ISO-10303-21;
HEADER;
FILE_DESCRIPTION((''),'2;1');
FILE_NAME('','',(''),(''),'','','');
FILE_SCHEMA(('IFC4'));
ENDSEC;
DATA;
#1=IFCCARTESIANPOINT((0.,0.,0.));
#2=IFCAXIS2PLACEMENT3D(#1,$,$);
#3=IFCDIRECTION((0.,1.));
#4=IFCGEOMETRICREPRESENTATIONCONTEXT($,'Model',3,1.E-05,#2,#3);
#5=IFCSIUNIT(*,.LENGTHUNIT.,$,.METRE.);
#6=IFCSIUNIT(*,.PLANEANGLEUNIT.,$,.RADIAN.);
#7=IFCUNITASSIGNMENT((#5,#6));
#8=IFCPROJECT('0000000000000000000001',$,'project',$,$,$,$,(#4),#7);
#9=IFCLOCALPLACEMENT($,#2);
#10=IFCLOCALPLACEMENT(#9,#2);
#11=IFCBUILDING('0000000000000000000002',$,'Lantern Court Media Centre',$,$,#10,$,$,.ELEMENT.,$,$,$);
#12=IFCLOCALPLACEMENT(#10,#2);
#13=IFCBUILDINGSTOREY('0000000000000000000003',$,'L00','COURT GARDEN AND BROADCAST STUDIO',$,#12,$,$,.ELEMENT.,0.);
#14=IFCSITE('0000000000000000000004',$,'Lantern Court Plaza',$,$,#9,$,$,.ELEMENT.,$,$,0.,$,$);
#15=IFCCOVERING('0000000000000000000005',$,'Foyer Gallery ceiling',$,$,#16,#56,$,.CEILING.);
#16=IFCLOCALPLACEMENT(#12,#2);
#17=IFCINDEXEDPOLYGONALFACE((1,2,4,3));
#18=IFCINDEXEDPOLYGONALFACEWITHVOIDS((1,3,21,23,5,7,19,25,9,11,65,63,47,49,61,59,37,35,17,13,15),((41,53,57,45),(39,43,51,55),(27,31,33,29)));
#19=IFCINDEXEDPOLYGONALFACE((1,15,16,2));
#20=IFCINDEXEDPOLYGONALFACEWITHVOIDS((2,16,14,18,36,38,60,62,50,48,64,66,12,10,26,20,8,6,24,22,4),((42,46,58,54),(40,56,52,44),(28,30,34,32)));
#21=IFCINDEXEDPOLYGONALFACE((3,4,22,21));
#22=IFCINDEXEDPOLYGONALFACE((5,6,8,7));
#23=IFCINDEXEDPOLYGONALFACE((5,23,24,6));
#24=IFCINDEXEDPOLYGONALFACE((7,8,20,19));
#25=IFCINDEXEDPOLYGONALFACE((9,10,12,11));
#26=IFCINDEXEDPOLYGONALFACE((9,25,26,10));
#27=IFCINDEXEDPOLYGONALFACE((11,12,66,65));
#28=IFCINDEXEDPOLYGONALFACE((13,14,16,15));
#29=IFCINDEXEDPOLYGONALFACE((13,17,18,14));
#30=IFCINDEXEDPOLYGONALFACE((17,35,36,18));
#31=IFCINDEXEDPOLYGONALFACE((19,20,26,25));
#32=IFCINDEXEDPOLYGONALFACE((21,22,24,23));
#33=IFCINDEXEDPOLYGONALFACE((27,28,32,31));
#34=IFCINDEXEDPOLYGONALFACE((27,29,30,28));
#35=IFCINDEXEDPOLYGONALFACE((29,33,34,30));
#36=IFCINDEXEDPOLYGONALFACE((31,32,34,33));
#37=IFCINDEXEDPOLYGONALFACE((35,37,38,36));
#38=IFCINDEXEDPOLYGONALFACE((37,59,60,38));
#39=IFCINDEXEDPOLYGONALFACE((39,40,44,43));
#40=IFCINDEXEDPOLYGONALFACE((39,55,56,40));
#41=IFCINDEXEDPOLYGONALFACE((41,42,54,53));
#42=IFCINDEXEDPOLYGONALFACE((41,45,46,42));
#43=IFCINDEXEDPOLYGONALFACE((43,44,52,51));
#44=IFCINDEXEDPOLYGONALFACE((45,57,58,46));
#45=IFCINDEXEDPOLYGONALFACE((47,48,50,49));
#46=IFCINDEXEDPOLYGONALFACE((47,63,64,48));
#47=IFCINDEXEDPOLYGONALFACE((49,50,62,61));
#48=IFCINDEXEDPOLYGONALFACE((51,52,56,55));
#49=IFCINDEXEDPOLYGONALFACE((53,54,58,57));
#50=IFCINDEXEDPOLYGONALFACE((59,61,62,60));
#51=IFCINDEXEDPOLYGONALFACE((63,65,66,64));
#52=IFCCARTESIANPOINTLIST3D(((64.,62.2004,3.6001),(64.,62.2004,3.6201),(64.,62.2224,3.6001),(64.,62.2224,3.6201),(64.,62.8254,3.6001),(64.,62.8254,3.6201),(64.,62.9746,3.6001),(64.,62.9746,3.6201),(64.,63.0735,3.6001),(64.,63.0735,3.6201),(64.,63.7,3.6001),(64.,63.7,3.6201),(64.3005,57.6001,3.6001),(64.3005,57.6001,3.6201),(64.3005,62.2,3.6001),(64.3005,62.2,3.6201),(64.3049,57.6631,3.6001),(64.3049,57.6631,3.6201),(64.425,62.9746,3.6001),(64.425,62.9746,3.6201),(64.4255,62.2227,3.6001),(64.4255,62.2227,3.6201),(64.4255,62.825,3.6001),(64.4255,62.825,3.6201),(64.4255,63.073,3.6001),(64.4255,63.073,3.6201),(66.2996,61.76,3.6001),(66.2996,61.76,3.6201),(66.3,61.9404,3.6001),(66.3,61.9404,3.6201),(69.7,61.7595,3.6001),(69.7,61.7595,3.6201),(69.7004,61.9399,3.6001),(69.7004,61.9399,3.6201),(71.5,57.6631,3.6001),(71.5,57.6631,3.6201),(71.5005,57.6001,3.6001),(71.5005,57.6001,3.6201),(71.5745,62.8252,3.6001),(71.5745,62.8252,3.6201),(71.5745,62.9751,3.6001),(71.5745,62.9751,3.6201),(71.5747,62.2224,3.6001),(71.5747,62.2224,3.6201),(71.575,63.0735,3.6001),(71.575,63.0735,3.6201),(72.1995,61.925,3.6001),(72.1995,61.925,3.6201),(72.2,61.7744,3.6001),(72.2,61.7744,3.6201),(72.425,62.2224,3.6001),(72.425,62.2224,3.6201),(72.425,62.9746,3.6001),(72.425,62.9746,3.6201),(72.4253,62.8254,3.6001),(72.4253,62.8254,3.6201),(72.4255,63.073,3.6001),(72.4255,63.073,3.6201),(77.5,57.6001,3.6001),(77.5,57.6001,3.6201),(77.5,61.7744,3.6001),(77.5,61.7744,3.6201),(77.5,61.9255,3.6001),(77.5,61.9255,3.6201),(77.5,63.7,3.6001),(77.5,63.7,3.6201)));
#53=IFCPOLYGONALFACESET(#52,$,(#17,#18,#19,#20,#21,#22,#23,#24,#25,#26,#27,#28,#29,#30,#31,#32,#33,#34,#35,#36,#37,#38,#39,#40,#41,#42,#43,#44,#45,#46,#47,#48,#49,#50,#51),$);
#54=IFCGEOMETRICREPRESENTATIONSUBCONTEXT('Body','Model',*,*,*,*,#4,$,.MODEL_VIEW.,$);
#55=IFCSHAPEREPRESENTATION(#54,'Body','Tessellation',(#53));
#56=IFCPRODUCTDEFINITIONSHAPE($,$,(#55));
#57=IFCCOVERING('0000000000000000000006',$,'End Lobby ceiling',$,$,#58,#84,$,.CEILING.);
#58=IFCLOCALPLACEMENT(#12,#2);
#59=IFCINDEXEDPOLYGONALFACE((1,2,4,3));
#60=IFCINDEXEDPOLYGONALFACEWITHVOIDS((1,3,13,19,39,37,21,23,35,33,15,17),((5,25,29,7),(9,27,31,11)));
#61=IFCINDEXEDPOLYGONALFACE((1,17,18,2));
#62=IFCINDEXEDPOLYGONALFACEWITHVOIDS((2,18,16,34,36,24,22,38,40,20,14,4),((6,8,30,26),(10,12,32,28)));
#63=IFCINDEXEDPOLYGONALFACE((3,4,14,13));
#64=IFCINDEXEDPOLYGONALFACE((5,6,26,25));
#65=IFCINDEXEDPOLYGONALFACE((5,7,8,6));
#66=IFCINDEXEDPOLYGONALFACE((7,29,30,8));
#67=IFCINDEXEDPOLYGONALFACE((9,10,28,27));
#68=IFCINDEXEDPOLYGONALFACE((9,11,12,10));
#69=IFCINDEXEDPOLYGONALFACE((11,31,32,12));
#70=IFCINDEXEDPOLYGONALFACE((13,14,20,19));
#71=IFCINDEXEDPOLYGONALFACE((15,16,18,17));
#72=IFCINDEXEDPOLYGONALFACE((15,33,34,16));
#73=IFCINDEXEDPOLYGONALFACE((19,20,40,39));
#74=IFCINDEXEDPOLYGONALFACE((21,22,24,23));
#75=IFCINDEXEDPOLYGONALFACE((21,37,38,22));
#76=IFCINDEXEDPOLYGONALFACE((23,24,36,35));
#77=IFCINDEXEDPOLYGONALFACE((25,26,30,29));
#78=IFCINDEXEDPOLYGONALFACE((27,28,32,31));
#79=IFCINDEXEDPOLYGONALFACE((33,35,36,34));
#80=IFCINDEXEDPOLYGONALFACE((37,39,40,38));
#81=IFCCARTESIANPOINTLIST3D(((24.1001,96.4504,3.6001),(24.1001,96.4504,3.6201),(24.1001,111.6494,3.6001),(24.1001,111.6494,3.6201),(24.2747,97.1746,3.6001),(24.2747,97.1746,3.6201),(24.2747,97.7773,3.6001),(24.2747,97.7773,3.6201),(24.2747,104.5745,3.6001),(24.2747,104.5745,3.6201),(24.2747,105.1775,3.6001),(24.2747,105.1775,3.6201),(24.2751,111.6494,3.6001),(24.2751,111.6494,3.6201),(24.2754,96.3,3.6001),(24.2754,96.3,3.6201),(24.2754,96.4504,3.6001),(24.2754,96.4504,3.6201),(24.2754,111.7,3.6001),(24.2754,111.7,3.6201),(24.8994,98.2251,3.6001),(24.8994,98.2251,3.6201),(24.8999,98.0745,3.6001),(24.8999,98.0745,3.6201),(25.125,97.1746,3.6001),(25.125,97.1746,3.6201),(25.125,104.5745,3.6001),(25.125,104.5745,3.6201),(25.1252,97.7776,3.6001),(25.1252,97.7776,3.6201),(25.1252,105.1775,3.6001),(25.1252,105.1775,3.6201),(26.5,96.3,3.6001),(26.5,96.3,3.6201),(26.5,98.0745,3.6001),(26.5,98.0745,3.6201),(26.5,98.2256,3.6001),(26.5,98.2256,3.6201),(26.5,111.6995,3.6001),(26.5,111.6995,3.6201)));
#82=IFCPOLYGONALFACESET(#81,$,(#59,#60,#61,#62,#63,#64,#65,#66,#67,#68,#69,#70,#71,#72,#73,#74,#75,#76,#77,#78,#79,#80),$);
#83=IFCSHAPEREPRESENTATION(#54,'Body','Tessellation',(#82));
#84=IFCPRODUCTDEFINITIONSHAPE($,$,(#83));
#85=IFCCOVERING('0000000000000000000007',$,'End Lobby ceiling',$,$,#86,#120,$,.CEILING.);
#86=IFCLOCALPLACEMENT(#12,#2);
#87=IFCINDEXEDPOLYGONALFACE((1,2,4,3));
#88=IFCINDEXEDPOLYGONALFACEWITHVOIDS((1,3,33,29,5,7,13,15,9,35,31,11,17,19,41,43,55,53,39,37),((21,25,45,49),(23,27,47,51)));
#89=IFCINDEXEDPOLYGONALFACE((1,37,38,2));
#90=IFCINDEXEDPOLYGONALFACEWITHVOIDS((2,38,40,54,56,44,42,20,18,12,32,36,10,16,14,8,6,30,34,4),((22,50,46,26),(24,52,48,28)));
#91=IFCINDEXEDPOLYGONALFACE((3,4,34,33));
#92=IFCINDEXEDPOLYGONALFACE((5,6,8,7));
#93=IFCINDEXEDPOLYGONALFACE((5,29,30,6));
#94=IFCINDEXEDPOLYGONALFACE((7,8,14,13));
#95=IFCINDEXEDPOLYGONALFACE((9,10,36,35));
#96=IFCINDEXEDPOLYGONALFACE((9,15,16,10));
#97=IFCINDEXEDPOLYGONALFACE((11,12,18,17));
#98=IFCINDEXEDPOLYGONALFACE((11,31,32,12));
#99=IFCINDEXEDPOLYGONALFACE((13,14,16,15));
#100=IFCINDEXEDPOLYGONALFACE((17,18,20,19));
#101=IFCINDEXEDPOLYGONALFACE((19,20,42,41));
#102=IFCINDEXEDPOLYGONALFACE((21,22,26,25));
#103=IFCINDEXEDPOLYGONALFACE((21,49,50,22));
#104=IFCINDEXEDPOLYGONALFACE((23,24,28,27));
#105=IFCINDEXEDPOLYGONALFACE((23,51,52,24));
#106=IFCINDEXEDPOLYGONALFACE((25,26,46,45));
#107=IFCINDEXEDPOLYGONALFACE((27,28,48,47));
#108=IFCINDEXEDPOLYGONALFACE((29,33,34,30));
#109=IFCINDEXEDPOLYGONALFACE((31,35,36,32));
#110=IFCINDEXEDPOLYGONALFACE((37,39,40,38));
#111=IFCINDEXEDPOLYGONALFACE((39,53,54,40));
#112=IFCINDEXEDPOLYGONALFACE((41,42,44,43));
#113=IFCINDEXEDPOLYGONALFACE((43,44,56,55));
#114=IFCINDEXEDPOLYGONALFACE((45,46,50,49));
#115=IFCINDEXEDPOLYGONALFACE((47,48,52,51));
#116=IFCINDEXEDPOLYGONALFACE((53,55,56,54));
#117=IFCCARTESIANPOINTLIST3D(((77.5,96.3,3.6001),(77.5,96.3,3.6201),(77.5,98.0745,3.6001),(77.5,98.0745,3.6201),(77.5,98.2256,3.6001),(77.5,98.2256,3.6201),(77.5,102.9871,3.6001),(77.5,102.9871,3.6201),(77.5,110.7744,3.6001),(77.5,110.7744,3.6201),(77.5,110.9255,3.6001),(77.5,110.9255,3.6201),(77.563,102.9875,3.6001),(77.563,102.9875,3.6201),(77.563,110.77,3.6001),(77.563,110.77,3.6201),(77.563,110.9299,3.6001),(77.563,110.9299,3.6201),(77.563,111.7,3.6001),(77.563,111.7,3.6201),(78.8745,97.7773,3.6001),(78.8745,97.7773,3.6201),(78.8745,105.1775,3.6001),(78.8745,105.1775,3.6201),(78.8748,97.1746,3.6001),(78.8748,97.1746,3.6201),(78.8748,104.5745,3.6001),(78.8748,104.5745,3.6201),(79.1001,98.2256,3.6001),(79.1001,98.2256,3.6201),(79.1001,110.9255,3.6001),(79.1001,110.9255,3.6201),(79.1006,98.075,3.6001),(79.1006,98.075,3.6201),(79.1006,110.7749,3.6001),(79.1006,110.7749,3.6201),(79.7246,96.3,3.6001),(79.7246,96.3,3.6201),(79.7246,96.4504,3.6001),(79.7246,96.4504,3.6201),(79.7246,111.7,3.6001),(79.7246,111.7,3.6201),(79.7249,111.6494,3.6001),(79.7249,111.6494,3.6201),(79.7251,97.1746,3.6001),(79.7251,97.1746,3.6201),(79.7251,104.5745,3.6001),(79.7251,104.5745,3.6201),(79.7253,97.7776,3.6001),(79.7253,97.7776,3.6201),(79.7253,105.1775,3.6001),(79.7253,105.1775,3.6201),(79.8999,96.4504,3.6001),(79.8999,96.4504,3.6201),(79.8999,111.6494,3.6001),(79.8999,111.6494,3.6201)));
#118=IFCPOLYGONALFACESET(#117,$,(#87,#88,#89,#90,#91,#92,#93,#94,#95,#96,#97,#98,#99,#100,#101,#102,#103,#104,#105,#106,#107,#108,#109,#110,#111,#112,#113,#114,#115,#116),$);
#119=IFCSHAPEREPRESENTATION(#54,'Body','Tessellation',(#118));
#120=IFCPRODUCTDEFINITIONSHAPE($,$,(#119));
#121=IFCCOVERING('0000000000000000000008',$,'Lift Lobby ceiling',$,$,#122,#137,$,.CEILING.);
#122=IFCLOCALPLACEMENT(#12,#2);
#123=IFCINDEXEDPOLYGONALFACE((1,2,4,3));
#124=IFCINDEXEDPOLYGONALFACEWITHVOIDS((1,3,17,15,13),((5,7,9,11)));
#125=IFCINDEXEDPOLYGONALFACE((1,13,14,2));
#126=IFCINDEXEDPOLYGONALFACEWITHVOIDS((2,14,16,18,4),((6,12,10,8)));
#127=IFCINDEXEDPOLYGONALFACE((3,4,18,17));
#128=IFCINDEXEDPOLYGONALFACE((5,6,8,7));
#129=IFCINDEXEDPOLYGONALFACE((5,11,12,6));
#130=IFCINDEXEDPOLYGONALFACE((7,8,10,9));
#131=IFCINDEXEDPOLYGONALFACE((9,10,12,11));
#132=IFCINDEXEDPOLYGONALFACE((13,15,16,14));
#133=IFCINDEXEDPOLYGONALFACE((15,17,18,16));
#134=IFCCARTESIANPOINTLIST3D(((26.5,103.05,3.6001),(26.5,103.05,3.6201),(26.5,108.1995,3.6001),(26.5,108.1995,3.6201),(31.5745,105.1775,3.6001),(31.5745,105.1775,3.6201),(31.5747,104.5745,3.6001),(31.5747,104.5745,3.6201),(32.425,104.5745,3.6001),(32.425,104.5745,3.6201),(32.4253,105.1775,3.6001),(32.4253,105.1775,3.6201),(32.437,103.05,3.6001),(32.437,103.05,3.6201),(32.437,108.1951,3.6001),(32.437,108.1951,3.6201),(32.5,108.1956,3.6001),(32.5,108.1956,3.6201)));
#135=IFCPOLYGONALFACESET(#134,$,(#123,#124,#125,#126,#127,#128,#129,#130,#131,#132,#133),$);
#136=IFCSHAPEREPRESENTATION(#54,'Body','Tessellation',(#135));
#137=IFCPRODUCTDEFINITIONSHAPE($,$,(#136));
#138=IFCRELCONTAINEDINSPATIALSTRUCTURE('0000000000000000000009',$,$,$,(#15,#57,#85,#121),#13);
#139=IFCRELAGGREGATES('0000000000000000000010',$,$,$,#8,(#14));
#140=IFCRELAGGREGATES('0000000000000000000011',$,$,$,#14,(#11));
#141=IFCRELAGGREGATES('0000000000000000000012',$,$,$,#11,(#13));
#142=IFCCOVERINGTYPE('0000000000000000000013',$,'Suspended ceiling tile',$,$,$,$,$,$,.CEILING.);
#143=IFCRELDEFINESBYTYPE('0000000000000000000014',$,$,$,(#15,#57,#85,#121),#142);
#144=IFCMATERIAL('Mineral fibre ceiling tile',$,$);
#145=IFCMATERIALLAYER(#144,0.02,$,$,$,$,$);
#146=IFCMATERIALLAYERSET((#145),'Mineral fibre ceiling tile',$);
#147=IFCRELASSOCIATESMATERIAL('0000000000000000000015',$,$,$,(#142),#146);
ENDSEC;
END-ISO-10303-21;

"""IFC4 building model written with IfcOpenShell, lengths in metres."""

from ifc_helpers import new_model, si_unit, direction, frame, origin, place, context, subcontext, project, spatial, polyline, outline, extrude, material, layer, layer_set, type_object, element, save


model = new_model("IFC4")

# Units and contexts
model_context = context("Model", 3, precision=1e-05, world=origin(), true_north=direction((0.0, 1.0)))
body_context = subcontext(model_context, "Body", "Model", "MODEL_VIEW")
ifc_project = project(units=[si_unit("LENGTHUNIT", "METRE"), si_unit("PLANEANGLEUNIT", "RADIAN")], contexts=[model_context])

# Site, building, storey
site_placement = place(None, origin())
site = spatial("IfcSite", under=ifc_project, at=site_placement, Name="Lantern Court Plaza", CompositionType="ELEMENT", RefElevation=0.0)
building_placement = place(site_placement, origin())
building = spatial("IfcBuilding", under=site, at=building_placement, Name="Lantern Court Media Centre", CompositionType="ELEMENT")
storey_placement = place(building_placement, origin())
storey = spatial("IfcBuildingStorey", under=building, at=storey_placement, Name="L00", Description="COURT GARDEN AND BROADCAST STUDIO", CompositionType="ELEMENT", Elevation=0.0)

# Coverings
ifc_material_1 = material(Name="Mineral fibre ceiling tile")
ifc_layer_1 = layer(ifc_material_1, 0.02)
ifc_layer_set_1 = layer_set([ifc_layer_1], Name="Mineral fibre ceiling tile")
covering_type = type_object("IfcCoveringType", Name="Suspended ceiling tile", PredefinedType="CEILING", material=ifc_layer_set_1)
covering_1_placement = place(storey_placement, frame((0.0, 0.0, 3.6001)))
element("IfcCovering", 1, at=covering_1_placement, inside=storey, type_object=covering_type, Name="Foyer Gallery ceiling", PredefinedType="CEILING", context=body_context, shape_type="SweptSolid", body=[
    extrude(outline(polyline([(77.5, 57.6001), (71.5005, 57.6001), (71.5, 57.6631), (64.3049, 57.6631), (64.3005, 57.6001), (64.3005, 62.2), (64.0, 62.2004), (64.0, 62.2224), (64.4255, 62.2227), (64.4255, 62.825), (64.0, 62.8254), (64.0, 62.9746), (64.425, 62.9746), (64.4255, 63.073), (64.0, 63.0735), (64.0, 63.7), (77.5, 63.7), (77.5, 61.9255), (72.1995, 61.925), (72.2, 61.7744), (77.5, 61.7744), (77.5, 57.6001)]), holes=[polyline([(72.425, 62.2224), (72.4253, 62.8254), (71.5745, 62.8252), (71.5747, 62.2224), (72.425, 62.2224)]), polyline([(71.5745, 62.9751), (72.425, 62.9746), (72.4255, 63.073), (71.575, 63.0735), (71.5745, 62.9751)]), polyline([(69.7004, 61.9399), (66.3, 61.9404), (66.2996, 61.76), (69.7, 61.7595), (69.7004, 61.9399)])]), origin(), (0.0, 0.0, 1.0), 0.02),
])
covering_2_placement = place(storey_placement, frame((0.0, 0.0, 3.6001)))
element("IfcCovering", 2, at=covering_2_placement, inside=storey, type_object=covering_type, Name="End Lobby ceiling", PredefinedType="CEILING", context=body_context, shape_type="SweptSolid", body=[
    extrude(outline(polyline([(26.5, 96.3), (24.2754, 96.3), (24.2754, 96.4504), (24.1001, 96.4504), (24.1001, 111.6494), (24.2751, 111.6494), (24.2754, 111.7), (26.5, 111.6995), (26.5, 98.2256), (24.8994, 98.2251), (24.8999, 98.0745), (26.5, 98.0745), (26.5, 96.3)]), holes=[polyline([(25.125, 97.1746), (25.1252, 97.7776), (24.2747, 97.7773), (24.2747, 97.1746), (25.125, 97.1746)]), polyline([(25.125, 104.5745), (25.1252, 105.1775), (24.2747, 105.1775), (24.2747, 104.5745), (25.125, 104.5745)])]), origin(), (0.0, 0.0, 1.0), 0.02),
])
covering_3_placement = place(storey_placement, frame((0.0, 0.0, 3.6001)))
element("IfcCovering", 3, at=covering_3_placement, inside=storey, type_object=covering_type, Name="End Lobby ceiling", PredefinedType="CEILING", context=body_context, shape_type="SweptSolid", body=[
    extrude(outline(polyline([(79.8999, 96.4504), (79.7246, 96.4504), (79.7246, 96.3), (77.5, 96.3), (77.5, 98.0745), (79.1006, 98.075), (79.1001, 98.2256), (77.5, 98.2256), (77.5, 102.9871), (77.563, 102.9875), (77.563, 110.77), (77.5, 110.7744), (79.1006, 110.7749), (79.1001, 110.9255), (77.5, 110.9255), (77.563, 110.9299), (77.563, 111.7), (79.7246, 111.7), (79.7249, 111.6494), (79.8999, 111.6494), (79.8999, 96.4504)]), holes=[polyline([(79.7251, 97.1746), (79.7253, 97.7776), (78.8745, 97.7773), (78.8748, 97.1746), (79.7251, 97.1746)]), polyline([(79.7251, 104.5745), (79.7253, 105.1775), (78.8745, 105.1775), (78.8748, 104.5745), (79.7251, 104.5745)])]), origin(), (0.0, 0.0, 1.0), 0.02),
])
covering_4_placement = place(storey_placement, frame((0.0, 0.0, 3.6001)))
element("IfcCovering", 4, at=covering_4_placement, inside=storey, type_object=covering_type, Name="Lift Lobby ceiling", PredefinedType="CEILING", context=body_context, shape_type="SweptSolid", body=[
    extrude(outline(polyline([(32.5, 108.1956), (32.437, 108.1951), (32.437, 103.05), (26.5, 103.05), (26.5, 108.1995), (32.5, 108.1956)]), holes=[polyline([(32.425, 104.5745), (32.4253, 105.1775), (31.5745, 105.1775), (31.5747, 104.5745), (32.425, 104.5745)])]), origin(), (0.0, 0.0, 1.0), 0.02),
])

save(model, "model.ifc")
